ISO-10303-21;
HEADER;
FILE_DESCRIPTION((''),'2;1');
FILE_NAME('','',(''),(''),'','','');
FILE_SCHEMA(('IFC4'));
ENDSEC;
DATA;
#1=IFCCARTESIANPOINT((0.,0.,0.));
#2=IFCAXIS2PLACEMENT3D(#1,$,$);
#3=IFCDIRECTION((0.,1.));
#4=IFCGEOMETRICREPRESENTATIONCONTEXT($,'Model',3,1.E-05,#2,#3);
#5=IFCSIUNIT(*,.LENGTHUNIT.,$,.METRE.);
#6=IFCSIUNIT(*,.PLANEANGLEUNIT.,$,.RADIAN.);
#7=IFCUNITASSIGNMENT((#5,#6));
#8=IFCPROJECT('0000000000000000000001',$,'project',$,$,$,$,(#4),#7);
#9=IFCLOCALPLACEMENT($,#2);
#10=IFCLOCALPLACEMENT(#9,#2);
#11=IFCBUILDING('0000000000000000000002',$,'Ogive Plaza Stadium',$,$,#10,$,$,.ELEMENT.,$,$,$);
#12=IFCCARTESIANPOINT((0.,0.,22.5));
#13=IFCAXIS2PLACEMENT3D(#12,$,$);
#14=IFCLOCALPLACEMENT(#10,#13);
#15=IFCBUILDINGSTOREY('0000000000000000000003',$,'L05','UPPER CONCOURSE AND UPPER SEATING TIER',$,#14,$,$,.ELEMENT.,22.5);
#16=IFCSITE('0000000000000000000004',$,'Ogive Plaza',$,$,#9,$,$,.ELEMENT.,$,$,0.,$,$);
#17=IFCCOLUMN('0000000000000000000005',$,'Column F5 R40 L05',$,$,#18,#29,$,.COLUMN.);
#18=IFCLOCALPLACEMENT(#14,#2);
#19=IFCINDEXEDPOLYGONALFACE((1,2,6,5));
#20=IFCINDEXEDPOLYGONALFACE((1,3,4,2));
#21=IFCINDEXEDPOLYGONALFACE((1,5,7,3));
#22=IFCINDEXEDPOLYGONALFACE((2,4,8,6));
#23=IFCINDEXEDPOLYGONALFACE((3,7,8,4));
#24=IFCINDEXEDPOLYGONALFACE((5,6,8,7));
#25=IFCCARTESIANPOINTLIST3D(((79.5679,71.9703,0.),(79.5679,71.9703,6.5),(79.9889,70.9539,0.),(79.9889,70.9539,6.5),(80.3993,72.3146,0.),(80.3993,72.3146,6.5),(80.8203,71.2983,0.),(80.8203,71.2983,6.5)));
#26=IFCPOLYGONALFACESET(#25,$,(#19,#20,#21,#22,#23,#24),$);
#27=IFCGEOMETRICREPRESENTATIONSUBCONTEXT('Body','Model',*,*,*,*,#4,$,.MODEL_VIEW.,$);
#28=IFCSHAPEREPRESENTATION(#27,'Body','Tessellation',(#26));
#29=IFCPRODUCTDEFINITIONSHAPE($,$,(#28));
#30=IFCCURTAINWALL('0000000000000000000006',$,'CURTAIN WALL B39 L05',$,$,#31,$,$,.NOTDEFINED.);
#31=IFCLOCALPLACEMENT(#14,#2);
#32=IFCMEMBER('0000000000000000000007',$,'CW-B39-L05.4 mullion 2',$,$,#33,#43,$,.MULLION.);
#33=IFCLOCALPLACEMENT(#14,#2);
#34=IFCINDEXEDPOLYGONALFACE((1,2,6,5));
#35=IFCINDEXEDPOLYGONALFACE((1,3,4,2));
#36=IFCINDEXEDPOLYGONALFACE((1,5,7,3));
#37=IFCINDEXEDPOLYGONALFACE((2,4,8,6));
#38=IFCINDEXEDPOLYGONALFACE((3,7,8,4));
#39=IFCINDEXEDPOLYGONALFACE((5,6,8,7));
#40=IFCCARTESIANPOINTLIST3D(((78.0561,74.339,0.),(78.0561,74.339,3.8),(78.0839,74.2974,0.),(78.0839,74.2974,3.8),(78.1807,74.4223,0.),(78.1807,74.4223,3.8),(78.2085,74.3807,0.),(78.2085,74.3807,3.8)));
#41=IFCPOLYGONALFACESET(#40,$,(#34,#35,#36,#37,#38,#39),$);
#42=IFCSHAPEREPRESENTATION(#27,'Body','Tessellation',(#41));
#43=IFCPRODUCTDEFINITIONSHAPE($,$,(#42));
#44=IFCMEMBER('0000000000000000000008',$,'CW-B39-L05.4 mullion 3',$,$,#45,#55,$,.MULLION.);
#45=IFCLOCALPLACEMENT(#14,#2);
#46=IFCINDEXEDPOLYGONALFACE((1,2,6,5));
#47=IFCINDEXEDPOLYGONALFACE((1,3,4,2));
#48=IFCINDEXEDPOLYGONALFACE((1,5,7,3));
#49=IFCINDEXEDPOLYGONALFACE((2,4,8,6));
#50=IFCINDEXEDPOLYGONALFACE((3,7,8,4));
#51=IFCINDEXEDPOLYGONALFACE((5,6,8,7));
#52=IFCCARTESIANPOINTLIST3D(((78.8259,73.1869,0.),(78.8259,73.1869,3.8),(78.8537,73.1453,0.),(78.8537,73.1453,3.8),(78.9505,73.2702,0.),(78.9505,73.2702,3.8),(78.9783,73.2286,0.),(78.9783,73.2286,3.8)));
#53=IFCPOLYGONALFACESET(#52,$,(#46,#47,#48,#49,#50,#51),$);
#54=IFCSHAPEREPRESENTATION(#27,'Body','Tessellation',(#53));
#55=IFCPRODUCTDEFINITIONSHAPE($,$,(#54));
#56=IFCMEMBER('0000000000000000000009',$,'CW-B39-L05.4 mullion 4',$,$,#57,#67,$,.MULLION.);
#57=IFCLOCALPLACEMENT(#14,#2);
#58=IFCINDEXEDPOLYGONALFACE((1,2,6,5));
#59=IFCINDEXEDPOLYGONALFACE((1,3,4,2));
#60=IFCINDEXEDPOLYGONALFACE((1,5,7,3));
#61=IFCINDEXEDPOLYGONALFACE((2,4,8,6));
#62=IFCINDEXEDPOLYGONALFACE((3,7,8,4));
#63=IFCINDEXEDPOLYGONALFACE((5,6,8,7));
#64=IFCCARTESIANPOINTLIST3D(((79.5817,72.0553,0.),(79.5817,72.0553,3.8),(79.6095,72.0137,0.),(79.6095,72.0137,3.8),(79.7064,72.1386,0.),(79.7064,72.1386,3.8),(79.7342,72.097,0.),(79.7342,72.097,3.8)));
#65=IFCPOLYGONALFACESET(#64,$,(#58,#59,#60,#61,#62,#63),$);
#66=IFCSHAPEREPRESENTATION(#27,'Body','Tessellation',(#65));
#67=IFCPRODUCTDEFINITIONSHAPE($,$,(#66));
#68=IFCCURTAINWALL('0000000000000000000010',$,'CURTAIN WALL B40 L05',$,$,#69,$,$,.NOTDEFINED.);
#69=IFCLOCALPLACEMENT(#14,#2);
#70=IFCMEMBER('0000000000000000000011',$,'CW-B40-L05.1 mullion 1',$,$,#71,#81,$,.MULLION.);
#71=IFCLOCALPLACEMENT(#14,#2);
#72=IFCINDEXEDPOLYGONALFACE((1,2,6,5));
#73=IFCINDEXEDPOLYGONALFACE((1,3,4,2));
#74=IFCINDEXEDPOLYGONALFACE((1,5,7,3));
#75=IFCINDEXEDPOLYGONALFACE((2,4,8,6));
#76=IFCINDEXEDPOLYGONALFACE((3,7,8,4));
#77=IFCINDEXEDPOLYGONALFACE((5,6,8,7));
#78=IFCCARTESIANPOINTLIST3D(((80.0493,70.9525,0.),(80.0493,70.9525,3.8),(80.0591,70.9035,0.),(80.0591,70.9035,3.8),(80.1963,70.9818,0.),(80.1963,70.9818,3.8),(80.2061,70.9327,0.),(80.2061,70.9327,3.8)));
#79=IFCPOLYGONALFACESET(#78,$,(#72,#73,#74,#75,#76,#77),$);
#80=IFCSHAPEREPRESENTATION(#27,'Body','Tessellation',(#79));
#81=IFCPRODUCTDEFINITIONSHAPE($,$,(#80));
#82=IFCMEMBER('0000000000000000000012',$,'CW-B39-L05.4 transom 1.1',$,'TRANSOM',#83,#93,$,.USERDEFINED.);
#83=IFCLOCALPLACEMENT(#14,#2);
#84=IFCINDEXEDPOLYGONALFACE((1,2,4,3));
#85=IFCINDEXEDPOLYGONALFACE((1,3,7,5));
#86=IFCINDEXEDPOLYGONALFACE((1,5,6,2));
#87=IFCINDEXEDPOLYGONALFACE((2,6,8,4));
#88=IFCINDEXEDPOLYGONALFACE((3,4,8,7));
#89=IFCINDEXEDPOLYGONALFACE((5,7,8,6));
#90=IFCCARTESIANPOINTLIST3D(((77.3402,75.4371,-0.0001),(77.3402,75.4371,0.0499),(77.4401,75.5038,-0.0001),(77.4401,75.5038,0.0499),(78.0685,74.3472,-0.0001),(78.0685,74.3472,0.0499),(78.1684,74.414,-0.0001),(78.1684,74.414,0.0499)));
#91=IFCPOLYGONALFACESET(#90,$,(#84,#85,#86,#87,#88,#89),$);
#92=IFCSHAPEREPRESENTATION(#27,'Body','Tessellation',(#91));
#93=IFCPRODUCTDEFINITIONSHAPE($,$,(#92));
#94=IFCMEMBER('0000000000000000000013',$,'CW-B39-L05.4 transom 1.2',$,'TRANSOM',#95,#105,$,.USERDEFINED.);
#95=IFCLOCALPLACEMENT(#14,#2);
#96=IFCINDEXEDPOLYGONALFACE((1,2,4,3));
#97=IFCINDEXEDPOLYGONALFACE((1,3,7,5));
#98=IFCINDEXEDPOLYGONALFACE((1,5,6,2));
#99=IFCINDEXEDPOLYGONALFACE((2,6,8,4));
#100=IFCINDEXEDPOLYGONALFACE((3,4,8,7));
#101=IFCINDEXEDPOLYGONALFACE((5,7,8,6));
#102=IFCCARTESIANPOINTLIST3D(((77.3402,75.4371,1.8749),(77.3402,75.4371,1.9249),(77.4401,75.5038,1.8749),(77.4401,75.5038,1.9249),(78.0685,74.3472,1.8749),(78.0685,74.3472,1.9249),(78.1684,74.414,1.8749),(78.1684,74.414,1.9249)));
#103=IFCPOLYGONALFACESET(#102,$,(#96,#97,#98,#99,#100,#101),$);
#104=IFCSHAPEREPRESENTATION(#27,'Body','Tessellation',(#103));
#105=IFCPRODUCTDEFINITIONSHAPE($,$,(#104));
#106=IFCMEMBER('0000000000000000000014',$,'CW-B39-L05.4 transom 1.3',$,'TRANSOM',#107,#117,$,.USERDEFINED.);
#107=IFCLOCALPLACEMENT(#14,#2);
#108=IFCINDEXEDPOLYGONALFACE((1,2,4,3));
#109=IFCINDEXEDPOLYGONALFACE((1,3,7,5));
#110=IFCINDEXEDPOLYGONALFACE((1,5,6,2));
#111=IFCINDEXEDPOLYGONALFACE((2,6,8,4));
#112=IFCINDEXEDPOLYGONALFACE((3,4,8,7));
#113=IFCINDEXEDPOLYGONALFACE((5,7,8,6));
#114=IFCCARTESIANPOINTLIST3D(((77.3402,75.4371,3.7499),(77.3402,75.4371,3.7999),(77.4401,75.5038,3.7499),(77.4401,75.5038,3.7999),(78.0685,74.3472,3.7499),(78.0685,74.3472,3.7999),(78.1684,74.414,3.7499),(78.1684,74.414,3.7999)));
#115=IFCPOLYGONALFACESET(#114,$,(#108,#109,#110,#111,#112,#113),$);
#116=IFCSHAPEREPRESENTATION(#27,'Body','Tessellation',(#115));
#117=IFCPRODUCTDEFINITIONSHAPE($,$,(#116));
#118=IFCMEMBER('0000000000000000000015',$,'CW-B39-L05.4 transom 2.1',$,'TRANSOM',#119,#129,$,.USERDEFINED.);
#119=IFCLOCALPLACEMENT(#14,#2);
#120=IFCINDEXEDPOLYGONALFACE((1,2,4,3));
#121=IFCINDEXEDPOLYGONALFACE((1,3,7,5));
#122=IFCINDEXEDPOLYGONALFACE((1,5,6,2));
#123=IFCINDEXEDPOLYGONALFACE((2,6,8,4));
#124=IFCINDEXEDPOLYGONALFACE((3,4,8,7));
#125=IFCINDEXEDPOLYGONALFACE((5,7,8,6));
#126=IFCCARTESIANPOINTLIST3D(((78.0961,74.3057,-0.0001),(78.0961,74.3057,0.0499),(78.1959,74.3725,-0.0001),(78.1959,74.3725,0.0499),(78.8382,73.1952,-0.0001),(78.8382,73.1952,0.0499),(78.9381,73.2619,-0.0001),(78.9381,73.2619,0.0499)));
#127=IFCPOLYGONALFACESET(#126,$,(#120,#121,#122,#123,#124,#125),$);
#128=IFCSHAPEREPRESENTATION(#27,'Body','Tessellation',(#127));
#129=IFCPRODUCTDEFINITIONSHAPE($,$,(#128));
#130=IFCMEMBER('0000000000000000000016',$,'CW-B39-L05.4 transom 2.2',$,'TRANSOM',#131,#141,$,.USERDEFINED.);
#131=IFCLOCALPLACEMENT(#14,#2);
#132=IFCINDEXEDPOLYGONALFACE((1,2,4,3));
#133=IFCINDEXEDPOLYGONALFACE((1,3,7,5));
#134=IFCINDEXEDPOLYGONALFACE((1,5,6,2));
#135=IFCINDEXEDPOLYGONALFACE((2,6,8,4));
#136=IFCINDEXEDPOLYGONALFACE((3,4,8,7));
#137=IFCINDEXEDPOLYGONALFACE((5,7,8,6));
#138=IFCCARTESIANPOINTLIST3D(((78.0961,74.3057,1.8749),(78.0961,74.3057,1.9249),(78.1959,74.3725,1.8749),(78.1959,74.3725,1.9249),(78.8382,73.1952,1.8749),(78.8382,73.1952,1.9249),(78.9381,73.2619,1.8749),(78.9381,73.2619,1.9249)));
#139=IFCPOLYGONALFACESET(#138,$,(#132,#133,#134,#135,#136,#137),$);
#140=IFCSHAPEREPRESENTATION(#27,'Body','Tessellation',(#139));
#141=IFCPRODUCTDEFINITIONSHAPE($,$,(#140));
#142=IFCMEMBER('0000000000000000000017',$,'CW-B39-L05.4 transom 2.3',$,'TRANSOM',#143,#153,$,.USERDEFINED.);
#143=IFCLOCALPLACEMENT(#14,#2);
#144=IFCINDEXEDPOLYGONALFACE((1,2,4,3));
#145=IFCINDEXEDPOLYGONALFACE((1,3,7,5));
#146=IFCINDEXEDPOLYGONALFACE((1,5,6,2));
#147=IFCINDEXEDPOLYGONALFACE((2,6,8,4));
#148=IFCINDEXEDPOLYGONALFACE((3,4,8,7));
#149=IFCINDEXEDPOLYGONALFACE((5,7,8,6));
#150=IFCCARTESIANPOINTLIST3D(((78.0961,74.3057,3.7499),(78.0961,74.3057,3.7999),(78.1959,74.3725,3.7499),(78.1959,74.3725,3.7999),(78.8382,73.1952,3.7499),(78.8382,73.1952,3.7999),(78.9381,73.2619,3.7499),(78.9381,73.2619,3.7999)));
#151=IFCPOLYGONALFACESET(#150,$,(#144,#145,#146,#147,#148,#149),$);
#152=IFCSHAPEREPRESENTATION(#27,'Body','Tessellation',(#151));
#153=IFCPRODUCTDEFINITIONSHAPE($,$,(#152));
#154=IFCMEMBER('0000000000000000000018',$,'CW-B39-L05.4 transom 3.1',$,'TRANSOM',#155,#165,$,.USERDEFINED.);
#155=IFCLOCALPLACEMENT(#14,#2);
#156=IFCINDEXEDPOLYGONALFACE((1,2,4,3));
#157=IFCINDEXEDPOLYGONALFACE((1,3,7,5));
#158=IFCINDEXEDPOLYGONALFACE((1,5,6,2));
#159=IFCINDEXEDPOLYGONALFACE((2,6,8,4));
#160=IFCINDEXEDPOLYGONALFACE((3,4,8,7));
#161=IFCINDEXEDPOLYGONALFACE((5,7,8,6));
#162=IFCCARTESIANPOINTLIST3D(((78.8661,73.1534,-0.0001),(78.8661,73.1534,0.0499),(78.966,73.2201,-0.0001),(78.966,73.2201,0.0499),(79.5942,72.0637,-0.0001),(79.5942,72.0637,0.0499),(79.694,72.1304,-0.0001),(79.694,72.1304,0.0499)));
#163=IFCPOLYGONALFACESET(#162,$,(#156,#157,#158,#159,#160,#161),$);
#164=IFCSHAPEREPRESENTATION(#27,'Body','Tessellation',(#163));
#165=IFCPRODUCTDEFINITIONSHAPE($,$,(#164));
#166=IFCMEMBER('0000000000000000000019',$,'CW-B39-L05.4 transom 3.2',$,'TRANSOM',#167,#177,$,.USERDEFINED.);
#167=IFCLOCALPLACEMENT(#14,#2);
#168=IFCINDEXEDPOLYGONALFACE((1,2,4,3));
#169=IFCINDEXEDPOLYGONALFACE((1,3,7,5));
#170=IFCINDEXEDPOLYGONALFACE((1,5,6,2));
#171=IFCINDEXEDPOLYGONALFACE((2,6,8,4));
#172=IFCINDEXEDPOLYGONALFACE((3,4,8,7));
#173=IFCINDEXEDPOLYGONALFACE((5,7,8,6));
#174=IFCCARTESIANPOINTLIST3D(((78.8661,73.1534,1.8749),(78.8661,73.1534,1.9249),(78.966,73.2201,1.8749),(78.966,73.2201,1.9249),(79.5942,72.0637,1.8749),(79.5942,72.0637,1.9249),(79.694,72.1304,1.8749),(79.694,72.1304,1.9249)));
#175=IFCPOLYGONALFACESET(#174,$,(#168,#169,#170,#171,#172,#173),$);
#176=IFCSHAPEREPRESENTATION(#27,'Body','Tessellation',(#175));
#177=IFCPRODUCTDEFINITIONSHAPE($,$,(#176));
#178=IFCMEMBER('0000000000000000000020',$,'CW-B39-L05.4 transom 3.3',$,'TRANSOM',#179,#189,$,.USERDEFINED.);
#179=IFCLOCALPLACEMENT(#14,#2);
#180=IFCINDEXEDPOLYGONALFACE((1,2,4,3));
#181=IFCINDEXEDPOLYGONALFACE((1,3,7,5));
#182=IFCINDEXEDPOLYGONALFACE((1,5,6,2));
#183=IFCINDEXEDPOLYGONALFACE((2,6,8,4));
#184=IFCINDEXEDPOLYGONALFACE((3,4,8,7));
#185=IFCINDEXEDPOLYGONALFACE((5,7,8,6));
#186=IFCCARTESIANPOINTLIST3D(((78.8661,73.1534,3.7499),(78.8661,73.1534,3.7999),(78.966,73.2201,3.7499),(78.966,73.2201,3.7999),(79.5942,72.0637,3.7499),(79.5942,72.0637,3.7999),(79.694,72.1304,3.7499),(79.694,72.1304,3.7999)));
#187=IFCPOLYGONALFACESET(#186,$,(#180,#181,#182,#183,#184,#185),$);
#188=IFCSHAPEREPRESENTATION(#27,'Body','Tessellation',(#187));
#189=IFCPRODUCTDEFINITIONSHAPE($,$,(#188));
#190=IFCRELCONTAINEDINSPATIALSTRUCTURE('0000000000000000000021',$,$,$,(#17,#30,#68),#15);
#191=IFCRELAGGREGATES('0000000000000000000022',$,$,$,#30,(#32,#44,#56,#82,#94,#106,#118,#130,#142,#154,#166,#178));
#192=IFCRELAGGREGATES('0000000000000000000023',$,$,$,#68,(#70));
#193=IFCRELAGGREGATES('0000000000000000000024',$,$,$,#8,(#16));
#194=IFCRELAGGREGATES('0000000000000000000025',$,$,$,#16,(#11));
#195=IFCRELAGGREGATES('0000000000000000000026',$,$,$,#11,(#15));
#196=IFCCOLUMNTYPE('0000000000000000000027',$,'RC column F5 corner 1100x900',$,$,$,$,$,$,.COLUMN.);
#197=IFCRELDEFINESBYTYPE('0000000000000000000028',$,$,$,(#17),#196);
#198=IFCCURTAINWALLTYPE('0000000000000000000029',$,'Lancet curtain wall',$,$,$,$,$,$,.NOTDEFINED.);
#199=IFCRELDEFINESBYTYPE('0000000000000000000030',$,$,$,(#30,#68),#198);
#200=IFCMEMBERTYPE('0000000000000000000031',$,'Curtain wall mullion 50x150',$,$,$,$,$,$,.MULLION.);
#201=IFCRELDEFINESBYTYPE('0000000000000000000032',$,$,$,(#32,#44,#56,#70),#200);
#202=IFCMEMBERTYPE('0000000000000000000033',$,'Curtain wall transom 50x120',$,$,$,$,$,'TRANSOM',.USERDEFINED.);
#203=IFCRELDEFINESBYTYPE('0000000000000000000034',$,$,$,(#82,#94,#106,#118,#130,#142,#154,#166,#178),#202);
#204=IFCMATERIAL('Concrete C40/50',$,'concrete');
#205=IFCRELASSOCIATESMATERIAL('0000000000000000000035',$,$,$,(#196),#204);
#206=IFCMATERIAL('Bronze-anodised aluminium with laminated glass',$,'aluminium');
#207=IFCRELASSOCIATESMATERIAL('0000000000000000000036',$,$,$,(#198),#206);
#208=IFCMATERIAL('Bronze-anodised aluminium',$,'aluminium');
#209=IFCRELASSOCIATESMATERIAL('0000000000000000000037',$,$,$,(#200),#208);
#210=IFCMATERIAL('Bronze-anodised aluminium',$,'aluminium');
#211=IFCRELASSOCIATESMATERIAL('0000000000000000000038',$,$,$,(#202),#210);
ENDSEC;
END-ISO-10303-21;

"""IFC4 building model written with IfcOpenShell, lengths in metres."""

from ifc_helpers import new_model, si_unit, direction, frame, origin, origin_2d, place, context, subcontext, project, spatial, rectangle, extrude, material, material_profile, profile_set, type_object, element, aggregate, save


model = new_model("IFC4")

# Units and contexts
model_context = context("Model", 3, precision=1e-05, world=origin(), true_north=direction((0.0, 1.0)))
body_context = subcontext(model_context, "Body", "Model", "MODEL_VIEW")
ifc_project = project(units=[si_unit("LENGTHUNIT", "METRE"), si_unit("PLANEANGLEUNIT", "RADIAN")], contexts=[model_context])

# Site, building, storey
site_placement = place(None, origin())
site = spatial("IfcSite", under=ifc_project, at=site_placement, Name="Ogive Plaza", CompositionType="ELEMENT", RefElevation=0.0)
building_placement = place(site_placement, origin())
building = spatial("IfcBuilding", under=site, at=building_placement, Name="Ogive Plaza Stadium", CompositionType="ELEMENT")
storey_placement = place(building_placement, frame((0.0, 0.0, 22.5)))
storey = spatial("IfcBuildingStorey", under=building, at=storey_placement, Name="L05", Description="UPPER CONCOURSE AND UPPER SEATING TIER", CompositionType="ELEMENT", Elevation=22.5)

# Column
ifc_material_1 = material(Name="Concrete C40/50", Category="concrete")
ifc_material_profile_1 = material_profile(ifc_material_1, rectangle(XDim=1.1001, YDim=0.8999, at=origin_2d()), Name="RC 1100x900")
ifc_profile_set_1 = profile_set([ifc_material_profile_1], Name="Concrete C40/50")
column_type = type_object("IfcColumnType", Name="RC column F5 corner 1100x900", PredefinedType="COLUMN", material=ifc_profile_set_1)
column_placement = place(storey_placement, frame((80.1941, 71.6343, 0.0), z_axis=(0.0, 0.0, 1.0), x_axis=(-0.382683, 0.92388, 0.0)))
element("IfcColumn", 1, at=column_placement, inside=storey, type_object=column_type, Name="Column F5 R40 L05", PredefinedType="COLUMN", context=body_context, shape_type="SweptSolid", body=[
    extrude(rectangle(XDim=1.1001, YDim=0.8999, at=origin_2d()), origin(), (0.0, 0.0, 1.0), 6.5),
])

# Curtain wall, members
ifc_material_2 = material(Name="Bronze-anodised aluminium with laminated glass", Category="aluminium")
curtain_wall_type = type_object("IfcCurtainWallType", Name="Lancet curtain wall", PredefinedType="NOTDEFINED", material=ifc_material_2)
curtain_wall_1_placement = place(storey_placement, origin())
curtain_wall_1 = element("IfcCurtainWall", 2, at=curtain_wall_1_placement, inside=storey, type_object=curtain_wall_type, Name="CURTAIN WALL B39 L05", PredefinedType="NOTDEFINED")
ifc_material_3 = material(Name="Bronze-anodised aluminium", Category="aluminium")
ifc_material_profile_2 = material_profile(ifc_material_3, rectangle(XDim=0.1499, YDim=0.05, at=origin_2d()), Name="AL 150x50")
ifc_profile_set_2 = profile_set([ifc_material_profile_2], Name="Bronze-anodised aluminium")
member_type_1 = type_object("IfcMemberType", Name="Curtain wall mullion 50x150", PredefinedType="MULLION", material=ifc_profile_set_2)
member_1_placement = place(storey_placement, frame((78.1323, 74.3599, 0.0), z_axis=(0.0, 0.0, 1.0), x_axis=(0.83147, 0.55557, 0.0)))
member_1 = element("IfcMember", 3, at=member_1_placement, type_object=member_type_1, Name="CW-B39-L05.4 mullion 2", PredefinedType="MULLION", context=body_context, shape_type="SweptSolid", body=[
    extrude(rectangle(XDim=0.1499, YDim=0.05, at=origin_2d()), origin(), (0.0, 0.0, 1.0), 3.8),
])
member_2_placement = place(storey_placement, frame((78.9021, 73.2078, 0.0), z_axis=(0.0, 0.0, 1.0), x_axis=(0.83147, 0.55557, 0.0)))
member_2 = element("IfcMember", 4, at=member_2_placement, type_object=member_type_1, Name="CW-B39-L05.4 mullion 3", PredefinedType="MULLION", context=body_context, shape_type="SweptSolid", body=[
    extrude(rectangle(XDim=0.1499, YDim=0.05, at=origin_2d()), origin(), (0.0, 0.0, 1.0), 3.8),
])
member_3_placement = place(storey_placement, frame((79.658, 72.0762, 0.0), z_axis=(0.0, 0.0, 1.0), x_axis=(0.83147, 0.55557, 0.0)))
member_3 = element("IfcMember", 5, at=member_3_placement, type_object=member_type_1, Name="CW-B39-L05.4 mullion 4", PredefinedType="MULLION", context=body_context, shape_type="SweptSolid", body=[
    extrude(rectangle(XDim=0.1499, YDim=0.05, at=origin_2d()), origin(), (0.0, 0.0, 1.0), 3.8),
])

# Curtain wall, member
curtain_wall_2_placement = place(storey_placement, origin())
curtain_wall_2 = element("IfcCurtainWall", 6, at=curtain_wall_2_placement, inside=storey, type_object=curtain_wall_type, Name="CURTAIN WALL B40 L05", PredefinedType="NOTDEFINED")
member_4_placement = place(storey_placement, frame((80.1277, 70.9426, 0.0), z_axis=(0.0, 0.0, 1.0), x_axis=(0.980785, 0.19509, 0.0)))
member_4 = element("IfcMember", 7, at=member_4_placement, type_object=member_type_1, Name="CW-B40-L05.1 mullion 1", PredefinedType="MULLION", context=body_context, shape_type="SweptSolid", body=[
    extrude(rectangle(XDim=0.1499, YDim=0.05, at=origin_2d()), origin(), (0.0, 0.0, 1.0), 3.8),
])

# Members
ifc_material_4 = material(Name="Bronze-anodised aluminium", Category="aluminium")
ifc_material_profile_3 = material_profile(ifc_material_4, rectangle(XDim=0.1201, YDim=0.05, at=origin_2d()), Name="AL 120x50")
ifc_profile_set_3 = profile_set([ifc_material_profile_3], Name="Bronze-anodised aluminium")
member_type_2 = type_object("IfcMemberType", Name="Curtain wall transom 50x120", ElementType="TRANSOM", PredefinedType="USERDEFINED", material=ifc_profile_set_3)
member_5_placement = place(storey_placement, frame((77.3901, 75.4705, 0.0249), z_axis=(0.555602, -0.831448, 0.0), x_axis=(0.831448, 0.555602, 0.0)))
member_5 = element("IfcMember", 8, at=member_5_placement, type_object=member_type_2, Name="CW-B39-L05.4 transom 1.1", ObjectType="TRANSOM", PredefinedType="USERDEFINED", context=body_context, shape_type="SweptSolid", body=[
    extrude(rectangle(XDim=0.1201, YDim=0.05, at=origin_2d()), origin(), (0.0, 0.0, 1.0), 1.3108),
])
member_6_placement = place(storey_placement, frame((77.3901, 75.4705, 1.8999), z_axis=(0.555602, -0.831448, 0.0), x_axis=(0.831448, 0.555602, 0.0)))
member_6 = element("IfcMember", 9, at=member_6_placement, type_object=member_type_2, Name="CW-B39-L05.4 transom 1.2", ObjectType="TRANSOM", PredefinedType="USERDEFINED", context=body_context, shape_type="SweptSolid", body=[
    extrude(rectangle(XDim=0.1201, YDim=0.05, at=origin_2d()), origin(), (0.0, 0.0, 1.0), 1.3108),
])
member_7_placement = place(storey_placement, frame((77.3901, 75.4705, 3.7749), z_axis=(0.555602, -0.831448, 0.0), x_axis=(0.831448, 0.555602, 0.0)))
member_7 = element("IfcMember", 10, at=member_7_placement, type_object=member_type_2, Name="CW-B39-L05.4 transom 1.3", ObjectType="TRANSOM", PredefinedType="USERDEFINED", context=body_context, shape_type="SweptSolid", body=[
    extrude(rectangle(XDim=0.1201, YDim=0.05, at=origin_2d()), origin(), (0.0, 0.0, 1.0), 1.3108),
])
member_8_placement = place(storey_placement, frame((78.146, 74.3391, 0.0249), z_axis=(0.555628, -0.831431, 0.0), x_axis=(0.831431, 0.555628, 0.0)))
member_8 = element("IfcMember", 11, at=member_8_placement, type_object=member_type_2, Name="CW-B39-L05.4 transom 2.1", ObjectType="TRANSOM", PredefinedType="USERDEFINED", context=body_context, shape_type="SweptSolid", body=[
    extrude(rectangle(XDim=0.1201, YDim=0.05, at=origin_2d()), origin(), (0.0, 0.0, 1.0), 1.3357),
])
member_9_placement = place(storey_placement, frame((78.146, 74.3391, 1.8999), z_axis=(0.555628, -0.831431, 0.0), x_axis=(0.831431, 0.555628, 0.0)))
member_9 = element("IfcMember", 12, at=member_9_placement, type_object=member_type_2, Name="CW-B39-L05.4 transom 2.2", ObjectType="TRANSOM", PredefinedType="USERDEFINED", context=body_context, shape_type="SweptSolid", body=[
    extrude(rectangle(XDim=0.1201, YDim=0.05, at=origin_2d()), origin(), (0.0, 0.0, 1.0), 1.3357),
])
member_10_placement = place(storey_placement, frame((78.146, 74.3391, 3.7749), z_axis=(0.555628, -0.831431, 0.0), x_axis=(0.831431, 0.555628, 0.0)))
member_10 = element("IfcMember", 13, at=member_10_placement, type_object=member_type_2, Name="CW-B39-L05.4 transom 2.3", ObjectType="TRANSOM", PredefinedType="USERDEFINED", context=body_context, shape_type="SweptSolid", body=[
    extrude(rectangle(XDim=0.1201, YDim=0.05, at=origin_2d()), origin(), (0.0, 0.0, 1.0), 1.3357),
])
member_11_placement = place(storey_placement, frame((78.916, 73.1868, 0.0249), z_axis=(0.55556, -0.831477, 0.0), x_axis=(0.831477, 0.55556, 0.0)))
member_11 = element("IfcMember", 14, at=member_11_placement, type_object=member_type_2, Name="CW-B39-L05.4 transom 3.1", ObjectType="TRANSOM", PredefinedType="USERDEFINED", context=body_context, shape_type="SweptSolid", body=[
    extrude(rectangle(XDim=0.1201, YDim=0.05, at=origin_2d()), origin(), (0.0, 0.0, 1.0), 1.3105),
])
member_12_placement = place(storey_placement, frame((78.916, 73.1868, 1.8999), z_axis=(0.55556, -0.831477, 0.0), x_axis=(0.831477, 0.55556, 0.0)))
member_12 = element("IfcMember", 15, at=member_12_placement, type_object=member_type_2, Name="CW-B39-L05.4 transom 3.2", ObjectType="TRANSOM", PredefinedType="USERDEFINED", context=body_context, shape_type="SweptSolid", body=[
    extrude(rectangle(XDim=0.1201, YDim=0.05, at=origin_2d()), origin(), (0.0, 0.0, 1.0), 1.3105),
])
member_13_placement = place(storey_placement, frame((78.916, 73.1868, 3.7749), z_axis=(0.55556, -0.831477, 0.0), x_axis=(0.831477, 0.55556, 0.0)))
member_13 = element("IfcMember", 16, at=member_13_placement, type_object=member_type_2, Name="CW-B39-L05.4 transom 3.3", ObjectType="TRANSOM", PredefinedType="USERDEFINED", context=body_context, shape_type="SweptSolid", body=[
    extrude(rectangle(XDim=0.1201, YDim=0.05, at=origin_2d()), origin(), (0.0, 0.0, 1.0), 1.3105),
])

aggregate(curtain_wall_1, [member_1, member_2, member_3, member_5, member_6, member_7, member_8, member_9, member_10, member_11, member_12, member_13])
aggregate(curtain_wall_2, [member_4])

save(model, "model.ifc")
